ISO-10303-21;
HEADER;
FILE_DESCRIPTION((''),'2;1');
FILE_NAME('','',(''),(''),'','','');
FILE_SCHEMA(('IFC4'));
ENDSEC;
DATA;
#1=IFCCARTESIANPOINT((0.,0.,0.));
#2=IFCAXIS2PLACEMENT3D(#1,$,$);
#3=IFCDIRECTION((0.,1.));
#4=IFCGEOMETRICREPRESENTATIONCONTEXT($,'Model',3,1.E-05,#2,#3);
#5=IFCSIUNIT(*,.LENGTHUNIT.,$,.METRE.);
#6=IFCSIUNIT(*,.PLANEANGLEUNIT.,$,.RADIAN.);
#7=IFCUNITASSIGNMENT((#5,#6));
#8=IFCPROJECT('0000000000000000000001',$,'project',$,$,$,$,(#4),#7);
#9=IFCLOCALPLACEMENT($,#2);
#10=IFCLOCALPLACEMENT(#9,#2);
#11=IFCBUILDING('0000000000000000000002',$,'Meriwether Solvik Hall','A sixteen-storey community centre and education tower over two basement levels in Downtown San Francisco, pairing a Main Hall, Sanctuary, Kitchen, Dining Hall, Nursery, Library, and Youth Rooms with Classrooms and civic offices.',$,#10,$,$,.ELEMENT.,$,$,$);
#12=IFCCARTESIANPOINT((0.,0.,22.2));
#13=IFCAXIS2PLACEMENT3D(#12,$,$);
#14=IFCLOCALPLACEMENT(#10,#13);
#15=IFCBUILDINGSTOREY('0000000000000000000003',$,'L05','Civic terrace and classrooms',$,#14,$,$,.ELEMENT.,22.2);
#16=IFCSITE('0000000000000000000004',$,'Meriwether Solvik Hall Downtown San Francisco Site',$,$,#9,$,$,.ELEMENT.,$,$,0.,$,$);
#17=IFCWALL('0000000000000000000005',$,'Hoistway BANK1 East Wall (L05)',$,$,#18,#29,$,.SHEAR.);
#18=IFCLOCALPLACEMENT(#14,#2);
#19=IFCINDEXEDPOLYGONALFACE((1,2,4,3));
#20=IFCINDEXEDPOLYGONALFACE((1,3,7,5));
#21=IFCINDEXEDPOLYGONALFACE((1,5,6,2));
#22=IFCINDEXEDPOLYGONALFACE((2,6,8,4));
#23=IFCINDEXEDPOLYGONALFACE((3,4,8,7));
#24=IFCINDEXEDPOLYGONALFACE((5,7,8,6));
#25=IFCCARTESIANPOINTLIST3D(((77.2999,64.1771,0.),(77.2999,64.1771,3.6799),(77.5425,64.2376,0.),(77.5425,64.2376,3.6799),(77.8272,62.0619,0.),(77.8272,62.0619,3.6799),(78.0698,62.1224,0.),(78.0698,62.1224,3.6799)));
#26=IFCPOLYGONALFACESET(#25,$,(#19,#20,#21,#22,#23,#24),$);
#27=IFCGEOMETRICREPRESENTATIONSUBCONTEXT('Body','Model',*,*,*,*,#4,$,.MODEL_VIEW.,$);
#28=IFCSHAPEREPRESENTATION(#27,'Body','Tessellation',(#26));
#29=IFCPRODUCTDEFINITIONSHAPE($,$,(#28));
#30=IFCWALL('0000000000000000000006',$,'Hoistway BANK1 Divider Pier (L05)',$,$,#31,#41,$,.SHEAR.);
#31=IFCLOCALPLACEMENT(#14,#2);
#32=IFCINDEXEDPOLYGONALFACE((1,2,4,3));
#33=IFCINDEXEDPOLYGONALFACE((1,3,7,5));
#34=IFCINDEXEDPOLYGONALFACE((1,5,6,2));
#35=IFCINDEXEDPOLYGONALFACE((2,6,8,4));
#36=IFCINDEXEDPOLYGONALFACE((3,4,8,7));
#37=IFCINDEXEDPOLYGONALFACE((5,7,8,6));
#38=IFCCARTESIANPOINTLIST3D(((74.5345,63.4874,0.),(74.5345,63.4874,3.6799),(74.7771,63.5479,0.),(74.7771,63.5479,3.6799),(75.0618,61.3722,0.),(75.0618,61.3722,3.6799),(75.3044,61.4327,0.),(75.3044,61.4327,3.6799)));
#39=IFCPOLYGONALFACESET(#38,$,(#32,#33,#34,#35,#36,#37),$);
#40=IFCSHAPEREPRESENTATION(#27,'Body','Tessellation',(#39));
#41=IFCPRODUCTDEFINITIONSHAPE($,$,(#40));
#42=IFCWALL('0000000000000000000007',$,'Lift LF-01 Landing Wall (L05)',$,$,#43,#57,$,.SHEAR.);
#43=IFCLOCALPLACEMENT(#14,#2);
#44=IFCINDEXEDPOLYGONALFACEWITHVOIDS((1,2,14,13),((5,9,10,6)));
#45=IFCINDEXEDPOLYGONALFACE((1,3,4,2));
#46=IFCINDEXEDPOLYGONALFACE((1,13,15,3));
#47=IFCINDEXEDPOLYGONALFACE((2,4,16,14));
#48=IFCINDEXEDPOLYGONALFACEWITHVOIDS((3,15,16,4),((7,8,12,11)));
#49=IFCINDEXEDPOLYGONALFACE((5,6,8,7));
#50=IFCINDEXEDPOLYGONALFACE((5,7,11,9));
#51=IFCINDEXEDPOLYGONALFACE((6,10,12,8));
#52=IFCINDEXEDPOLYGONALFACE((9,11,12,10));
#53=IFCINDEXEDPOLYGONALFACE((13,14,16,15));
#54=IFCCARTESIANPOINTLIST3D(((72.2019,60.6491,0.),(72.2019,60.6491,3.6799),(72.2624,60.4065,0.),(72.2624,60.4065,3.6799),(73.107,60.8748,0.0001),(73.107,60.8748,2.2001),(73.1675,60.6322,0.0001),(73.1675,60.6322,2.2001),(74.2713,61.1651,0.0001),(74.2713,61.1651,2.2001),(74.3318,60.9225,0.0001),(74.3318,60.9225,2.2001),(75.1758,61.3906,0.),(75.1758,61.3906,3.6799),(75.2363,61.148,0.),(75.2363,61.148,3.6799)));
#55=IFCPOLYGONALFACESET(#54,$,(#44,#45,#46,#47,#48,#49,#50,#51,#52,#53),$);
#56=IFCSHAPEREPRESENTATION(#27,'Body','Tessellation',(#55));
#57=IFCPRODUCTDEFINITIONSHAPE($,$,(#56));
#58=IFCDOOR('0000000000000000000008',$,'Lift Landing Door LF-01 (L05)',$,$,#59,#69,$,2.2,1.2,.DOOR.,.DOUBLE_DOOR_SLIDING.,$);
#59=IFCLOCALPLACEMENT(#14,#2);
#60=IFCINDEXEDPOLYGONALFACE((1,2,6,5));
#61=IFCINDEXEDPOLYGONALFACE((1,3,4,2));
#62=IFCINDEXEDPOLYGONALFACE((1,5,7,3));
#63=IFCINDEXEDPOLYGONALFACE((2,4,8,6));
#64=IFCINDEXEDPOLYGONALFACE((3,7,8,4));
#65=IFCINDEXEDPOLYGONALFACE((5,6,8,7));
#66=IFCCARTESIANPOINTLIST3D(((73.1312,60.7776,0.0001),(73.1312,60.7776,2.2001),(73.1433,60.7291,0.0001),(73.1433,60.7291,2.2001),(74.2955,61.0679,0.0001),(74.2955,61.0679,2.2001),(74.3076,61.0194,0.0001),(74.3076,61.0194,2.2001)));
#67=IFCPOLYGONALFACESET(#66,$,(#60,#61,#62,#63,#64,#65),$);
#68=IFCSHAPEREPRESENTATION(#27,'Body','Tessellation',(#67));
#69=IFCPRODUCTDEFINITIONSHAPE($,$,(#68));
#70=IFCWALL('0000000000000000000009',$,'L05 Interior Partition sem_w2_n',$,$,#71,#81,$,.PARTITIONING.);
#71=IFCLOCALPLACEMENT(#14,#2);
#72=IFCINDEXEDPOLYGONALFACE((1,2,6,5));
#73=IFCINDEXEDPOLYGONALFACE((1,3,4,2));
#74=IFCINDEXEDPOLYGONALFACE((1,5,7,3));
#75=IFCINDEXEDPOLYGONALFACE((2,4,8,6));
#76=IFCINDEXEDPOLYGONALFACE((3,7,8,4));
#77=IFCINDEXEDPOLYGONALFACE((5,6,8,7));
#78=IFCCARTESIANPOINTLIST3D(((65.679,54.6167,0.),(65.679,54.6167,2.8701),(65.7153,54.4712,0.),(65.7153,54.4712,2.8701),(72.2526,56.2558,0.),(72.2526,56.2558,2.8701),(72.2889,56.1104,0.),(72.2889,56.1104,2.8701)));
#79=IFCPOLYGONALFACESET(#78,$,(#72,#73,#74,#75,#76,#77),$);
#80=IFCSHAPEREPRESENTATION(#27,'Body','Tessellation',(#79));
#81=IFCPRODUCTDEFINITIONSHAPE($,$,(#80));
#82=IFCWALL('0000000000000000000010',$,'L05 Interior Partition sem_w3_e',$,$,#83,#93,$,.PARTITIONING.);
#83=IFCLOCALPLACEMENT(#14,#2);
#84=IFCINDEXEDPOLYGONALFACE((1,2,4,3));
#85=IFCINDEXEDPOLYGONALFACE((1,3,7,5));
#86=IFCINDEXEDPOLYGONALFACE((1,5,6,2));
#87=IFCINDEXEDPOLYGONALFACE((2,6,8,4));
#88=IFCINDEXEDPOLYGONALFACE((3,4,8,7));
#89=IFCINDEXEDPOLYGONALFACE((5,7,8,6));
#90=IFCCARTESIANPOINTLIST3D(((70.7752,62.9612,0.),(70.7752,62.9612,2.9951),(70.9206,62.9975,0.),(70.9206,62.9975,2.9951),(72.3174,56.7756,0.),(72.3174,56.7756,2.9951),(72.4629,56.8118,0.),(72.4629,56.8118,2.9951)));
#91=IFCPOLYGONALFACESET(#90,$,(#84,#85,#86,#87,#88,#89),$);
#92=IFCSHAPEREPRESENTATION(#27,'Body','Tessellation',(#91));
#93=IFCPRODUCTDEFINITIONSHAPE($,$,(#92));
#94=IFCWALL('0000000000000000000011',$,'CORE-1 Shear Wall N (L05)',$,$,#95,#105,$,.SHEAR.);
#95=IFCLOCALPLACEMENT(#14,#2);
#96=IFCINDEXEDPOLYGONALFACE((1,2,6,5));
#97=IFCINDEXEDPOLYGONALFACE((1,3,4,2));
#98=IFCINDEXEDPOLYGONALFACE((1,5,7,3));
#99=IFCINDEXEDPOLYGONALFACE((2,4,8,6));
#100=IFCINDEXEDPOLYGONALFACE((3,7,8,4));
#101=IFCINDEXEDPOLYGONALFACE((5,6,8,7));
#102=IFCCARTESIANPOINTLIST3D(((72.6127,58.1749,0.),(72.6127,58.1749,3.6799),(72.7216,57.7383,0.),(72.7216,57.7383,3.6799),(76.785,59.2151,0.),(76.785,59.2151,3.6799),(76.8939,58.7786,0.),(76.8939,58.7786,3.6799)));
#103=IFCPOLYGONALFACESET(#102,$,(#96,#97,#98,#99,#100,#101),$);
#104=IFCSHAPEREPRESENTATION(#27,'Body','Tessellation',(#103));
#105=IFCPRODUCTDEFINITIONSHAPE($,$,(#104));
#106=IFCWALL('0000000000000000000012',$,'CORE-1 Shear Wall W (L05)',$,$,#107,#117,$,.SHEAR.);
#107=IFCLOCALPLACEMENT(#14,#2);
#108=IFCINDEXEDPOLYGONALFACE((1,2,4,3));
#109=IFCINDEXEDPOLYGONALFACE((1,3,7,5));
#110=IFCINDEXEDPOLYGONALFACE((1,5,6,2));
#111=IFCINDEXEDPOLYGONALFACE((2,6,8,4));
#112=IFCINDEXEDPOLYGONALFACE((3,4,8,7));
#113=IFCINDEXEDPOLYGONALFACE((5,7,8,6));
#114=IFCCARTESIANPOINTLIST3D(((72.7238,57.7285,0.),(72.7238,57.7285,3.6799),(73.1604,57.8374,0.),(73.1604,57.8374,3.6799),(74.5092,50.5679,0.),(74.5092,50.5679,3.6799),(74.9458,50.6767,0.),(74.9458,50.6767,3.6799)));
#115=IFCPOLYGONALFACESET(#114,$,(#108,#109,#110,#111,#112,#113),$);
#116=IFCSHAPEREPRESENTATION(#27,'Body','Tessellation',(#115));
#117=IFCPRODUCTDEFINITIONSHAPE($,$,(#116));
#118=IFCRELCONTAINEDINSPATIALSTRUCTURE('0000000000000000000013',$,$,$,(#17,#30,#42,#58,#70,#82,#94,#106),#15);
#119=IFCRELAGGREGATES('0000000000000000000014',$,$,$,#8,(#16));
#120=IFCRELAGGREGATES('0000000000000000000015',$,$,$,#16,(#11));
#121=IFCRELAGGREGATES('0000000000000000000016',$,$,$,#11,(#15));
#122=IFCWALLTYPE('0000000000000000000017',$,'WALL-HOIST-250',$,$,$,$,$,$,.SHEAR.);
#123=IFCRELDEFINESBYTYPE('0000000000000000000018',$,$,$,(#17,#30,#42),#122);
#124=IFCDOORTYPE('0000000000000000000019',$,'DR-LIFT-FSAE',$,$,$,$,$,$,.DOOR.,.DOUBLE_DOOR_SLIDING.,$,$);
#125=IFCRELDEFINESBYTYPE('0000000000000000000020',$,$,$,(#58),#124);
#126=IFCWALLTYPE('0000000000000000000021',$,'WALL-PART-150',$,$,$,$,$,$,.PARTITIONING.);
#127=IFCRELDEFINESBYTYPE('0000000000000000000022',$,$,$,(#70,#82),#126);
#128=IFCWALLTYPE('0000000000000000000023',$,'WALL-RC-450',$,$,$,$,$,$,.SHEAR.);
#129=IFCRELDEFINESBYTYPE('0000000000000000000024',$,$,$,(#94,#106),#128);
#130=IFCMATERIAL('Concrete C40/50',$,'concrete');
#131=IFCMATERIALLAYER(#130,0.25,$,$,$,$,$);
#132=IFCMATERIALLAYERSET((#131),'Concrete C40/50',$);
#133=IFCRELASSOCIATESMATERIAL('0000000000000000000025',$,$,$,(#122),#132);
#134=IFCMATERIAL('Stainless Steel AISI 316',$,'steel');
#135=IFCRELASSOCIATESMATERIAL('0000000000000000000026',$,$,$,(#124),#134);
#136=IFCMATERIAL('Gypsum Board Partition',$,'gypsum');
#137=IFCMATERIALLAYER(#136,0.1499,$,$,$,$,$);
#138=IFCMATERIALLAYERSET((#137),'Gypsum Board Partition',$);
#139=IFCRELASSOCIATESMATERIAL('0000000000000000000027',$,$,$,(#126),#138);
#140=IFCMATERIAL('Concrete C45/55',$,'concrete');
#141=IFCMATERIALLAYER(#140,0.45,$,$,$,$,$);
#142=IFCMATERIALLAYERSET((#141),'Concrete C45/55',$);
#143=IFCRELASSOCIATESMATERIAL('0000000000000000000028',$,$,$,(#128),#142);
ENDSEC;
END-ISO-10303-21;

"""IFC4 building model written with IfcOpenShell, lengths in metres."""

from ifc_helpers import new_model, si_unit, direction, frame, frame_2d, origin, place, context, subcontext, project, spatial, rectangle, extrude, material, layer, layer_set, type_object, element, fill, save


model = new_model("IFC4")

# Units and contexts
model_context = context("Model", 3, precision=1e-05, world=origin(), true_north=direction((0.0, 1.0)))
body_context = subcontext(model_context, "Body", "Model", "MODEL_VIEW")
ifc_project = project(units=[si_unit("LENGTHUNIT", "METRE"), si_unit("PLANEANGLEUNIT", "RADIAN")], contexts=[model_context])

# Site, building, storey
site_placement = place(None, origin())
site = spatial("IfcSite", under=ifc_project, at=site_placement, Name="Meriwether Solvik Hall Downtown San Francisco Site", CompositionType="ELEMENT", RefElevation=0.0)
building_placement = place(site_placement, origin())
building = spatial("IfcBuilding", under=site, at=building_placement, Name="Meriwether Solvik Hall", Description="A sixteen-storey community centre and education tower over two basement levels in Downtown San Francisco, pairing a Main Hall, Sanctuary, Kitchen, Dining Hall, Nursery, Library, and Youth Rooms with Classrooms and civic offices.", CompositionType="ELEMENT")
storey_placement = place(building_placement, frame((0.0, 0.0, 22.2)))
storey = spatial("IfcBuildingStorey", under=building, at=storey_placement, Name="L05", Description="Civic terrace and classrooms", CompositionType="ELEMENT", Elevation=22.2)

# Walls
ifc_material_1 = material(Name="Concrete C40/50", Category="concrete")
ifc_layer_1 = layer(ifc_material_1, 0.25)
ifc_layer_set_1 = layer_set([ifc_layer_1], Name="Concrete C40/50")
wall_type_1 = type_object("IfcWallType", Name="WALL-HOIST-250", PredefinedType="SHEAR", material=ifc_layer_set_1)
for number, where, z_axis, x_axis, name in (
    (1, (77.9485, 62.0923, 0.0), (0.0, 0.0, 1.0), (-0.241903, 0.9703, 0.0), "Hoistway BANK1 East Wall (L05)"),
    (2, (75.1831, 61.4026, 0.0), (0.0, 0.0, 1.0), (-0.241903, 0.9703, 0.0), "Hoistway BANK1 Divider Pier (L05)"),
):
    element("IfcWall", number, at=place(storey_placement, frame(where, z_axis=z_axis, x_axis=x_axis)), inside=storey, type_object=wall_type_1, Name=name, PredefinedType="SHEAR", context=body_context, shape_type="SweptSolid", body=[
        extrude(rectangle(XDim=2.1799, YDim=0.25, at=frame_2d((1.0898, 0.0))), origin(), (0.0, 0.0, 1.0), 3.6799),
    ])

# Wall, opening, door
wall_1_placement = place(storey_placement, frame((72.2322, 60.5278, 0.0), z_axis=(0.0, 0.0, 1.0), x_axis=(0.970297, 0.241917, 0.0)))
wall_1 = element("IfcWall", 3, at=wall_1_placement, inside=storey, type_object=wall_type_1, Name="Lift LF-01 Landing Wall (L05)", PredefinedType="SHEAR", context=body_context, shape_type="SweptSolid", body=[
    extrude(rectangle(XDim=3.0649, YDim=0.25, at=frame_2d((1.5325, 0.0))), origin(), (0.0, 0.0, 1.0), 3.6799),
])
opening_1_placement = place(wall_1_placement, frame((0.9326, 0.0, 0.0)))
opening_1 = element("IfcOpeningElement", 4, at=opening_1_placement, cuts=wall_1, PredefinedType="OPENING", context=body_context, shape_type="SweptSolid", body=[
    extrude(rectangle(XDim=1.2, YDim=2.2, at=frame_2d((0.6001, 1.1001))), frame((0.0, 0.137, 0.0), z_axis=(0.0, -1.0, 0.0), x_axis=(1.0, 0.0, 0.0)), (0.0, 0.0, 1.0), 0.2739),
])
ifc_material_2 = material(Name="Stainless Steel AISI 316", Category="steel")
door_type_1 = type_object("IfcDoorType", Name="DR-LIFT-FSAE", OperationType="DOUBLE_DOOR_SLIDING", PredefinedType="DOOR", material=ifc_material_2)
door_1_placement = place(opening_1_placement, origin())
door_1 = element("IfcDoor", 5, at=door_1_placement, inside=storey, type_object=door_type_1, Name="Lift Landing Door LF-01 (L05)", OperationType="DOUBLE_DOOR_SLIDING", OverallHeight=2.2, OverallWidth=1.2, PredefinedType="DOOR", context=body_context, shape_type="SweptSolid", body=[
    extrude(rectangle(XDim=1.2, YDim=2.2, at=frame_2d((0.6001, 1.1001))), frame((0.0, 0.0249, 0.0), z_axis=(0.0, -1.0, 0.0), x_axis=(1.0, 0.0, 0.0)), (0.0, 0.0, 1.0), 0.05),
])
fill(opening_1, door_1)

# Walls
ifc_material_3 = material(Name="Gypsum Board Partition", Category="gypsum")
ifc_layer_2 = layer(ifc_material_3, 0.1499)
ifc_layer_set_2 = layer_set([ifc_layer_2], Name="Gypsum Board Partition")
wall_type_2 = type_object("IfcWallType", Name="WALL-PART-150", PredefinedType="PARTITIONING", material=ifc_layer_set_2)
wall_2_placement = place(storey_placement, frame((72.2708, 56.1831, 0.0), z_axis=(0.0, 0.0, 1.0), x_axis=(-0.970291, -0.241942, 0.0)))
element("IfcWall", 6, at=wall_2_placement, inside=storey, type_object=wall_type_2, Name="L05 Interior Partition sem_w2_n", PredefinedType="PARTITIONING", context=body_context, shape_type="SweptSolid", body=[
    extrude(rectangle(XDim=6.7749, YDim=0.1499, at=frame_2d((3.3875, 0.0))), origin(), (0.0, 0.0, 1.0), 2.8701),
])
wall_3_placement = place(storey_placement, frame((72.3901, 56.7937, 0.0), z_axis=(0.0, 0.0, 1.0), x_axis=(-0.241923, 0.970295, 0.0)))
element("IfcWall", 7, at=wall_3_placement, inside=storey, type_object=wall_type_2, Name="L05 Interior Partition sem_w3_e", PredefinedType="PARTITIONING", context=body_context, shape_type="SweptSolid", body=[
    extrude(rectangle(XDim=6.375, YDim=0.1499, at=frame_2d((3.1875, 0.0))), origin(), (0.0, 0.0, 1.0), 2.9951),
])
ifc_material_4 = material(Name="Concrete C45/55", Category="concrete")
ifc_layer_3 = layer(ifc_material_4, 0.45)
ifc_layer_set_3 = layer_set([ifc_layer_3], Name="Concrete C45/55")
wall_type_3 = type_object("IfcWallType", Name="WALL-RC-450", PredefinedType="SHEAR", material=ifc_layer_set_3)
wall_4_placement = place(storey_placement, frame((76.8394, 58.9968, 0.0), z_axis=(0.0, 0.0, 1.0), x_axis=(-0.970296, -0.241921, 0.0)))
element("IfcWall", 8, at=wall_4_placement, inside=storey, type_object=wall_type_3, Name="CORE-1 Shear Wall N (L05)", PredefinedType="SHEAR", context=body_context, shape_type="SweptSolid", body=[
    extrude(rectangle(XDim=4.3, YDim=0.45, at=frame_2d((2.1499, 0.0))), origin(), (0.0, 0.0, 1.0), 3.6799),
])
wall_5_placement = place(storey_placement, frame((72.9421, 57.783, 0.0), z_axis=(0.0, 0.0, 1.0), x_axis=(0.241928, -0.970294, 0.0)))
element("IfcWall", 9, at=wall_5_placement, inside=storey, type_object=wall_type_3, Name="CORE-1 Shear Wall W (L05)", PredefinedType="SHEAR", context=body_context, shape_type="SweptSolid", body=[
    extrude(rectangle(XDim=7.3799, YDim=0.45, at=frame_2d((3.6899, 0.0))), origin(), (0.0, 0.0, 1.0), 3.6799),
])

save(model, "model.ifc")
